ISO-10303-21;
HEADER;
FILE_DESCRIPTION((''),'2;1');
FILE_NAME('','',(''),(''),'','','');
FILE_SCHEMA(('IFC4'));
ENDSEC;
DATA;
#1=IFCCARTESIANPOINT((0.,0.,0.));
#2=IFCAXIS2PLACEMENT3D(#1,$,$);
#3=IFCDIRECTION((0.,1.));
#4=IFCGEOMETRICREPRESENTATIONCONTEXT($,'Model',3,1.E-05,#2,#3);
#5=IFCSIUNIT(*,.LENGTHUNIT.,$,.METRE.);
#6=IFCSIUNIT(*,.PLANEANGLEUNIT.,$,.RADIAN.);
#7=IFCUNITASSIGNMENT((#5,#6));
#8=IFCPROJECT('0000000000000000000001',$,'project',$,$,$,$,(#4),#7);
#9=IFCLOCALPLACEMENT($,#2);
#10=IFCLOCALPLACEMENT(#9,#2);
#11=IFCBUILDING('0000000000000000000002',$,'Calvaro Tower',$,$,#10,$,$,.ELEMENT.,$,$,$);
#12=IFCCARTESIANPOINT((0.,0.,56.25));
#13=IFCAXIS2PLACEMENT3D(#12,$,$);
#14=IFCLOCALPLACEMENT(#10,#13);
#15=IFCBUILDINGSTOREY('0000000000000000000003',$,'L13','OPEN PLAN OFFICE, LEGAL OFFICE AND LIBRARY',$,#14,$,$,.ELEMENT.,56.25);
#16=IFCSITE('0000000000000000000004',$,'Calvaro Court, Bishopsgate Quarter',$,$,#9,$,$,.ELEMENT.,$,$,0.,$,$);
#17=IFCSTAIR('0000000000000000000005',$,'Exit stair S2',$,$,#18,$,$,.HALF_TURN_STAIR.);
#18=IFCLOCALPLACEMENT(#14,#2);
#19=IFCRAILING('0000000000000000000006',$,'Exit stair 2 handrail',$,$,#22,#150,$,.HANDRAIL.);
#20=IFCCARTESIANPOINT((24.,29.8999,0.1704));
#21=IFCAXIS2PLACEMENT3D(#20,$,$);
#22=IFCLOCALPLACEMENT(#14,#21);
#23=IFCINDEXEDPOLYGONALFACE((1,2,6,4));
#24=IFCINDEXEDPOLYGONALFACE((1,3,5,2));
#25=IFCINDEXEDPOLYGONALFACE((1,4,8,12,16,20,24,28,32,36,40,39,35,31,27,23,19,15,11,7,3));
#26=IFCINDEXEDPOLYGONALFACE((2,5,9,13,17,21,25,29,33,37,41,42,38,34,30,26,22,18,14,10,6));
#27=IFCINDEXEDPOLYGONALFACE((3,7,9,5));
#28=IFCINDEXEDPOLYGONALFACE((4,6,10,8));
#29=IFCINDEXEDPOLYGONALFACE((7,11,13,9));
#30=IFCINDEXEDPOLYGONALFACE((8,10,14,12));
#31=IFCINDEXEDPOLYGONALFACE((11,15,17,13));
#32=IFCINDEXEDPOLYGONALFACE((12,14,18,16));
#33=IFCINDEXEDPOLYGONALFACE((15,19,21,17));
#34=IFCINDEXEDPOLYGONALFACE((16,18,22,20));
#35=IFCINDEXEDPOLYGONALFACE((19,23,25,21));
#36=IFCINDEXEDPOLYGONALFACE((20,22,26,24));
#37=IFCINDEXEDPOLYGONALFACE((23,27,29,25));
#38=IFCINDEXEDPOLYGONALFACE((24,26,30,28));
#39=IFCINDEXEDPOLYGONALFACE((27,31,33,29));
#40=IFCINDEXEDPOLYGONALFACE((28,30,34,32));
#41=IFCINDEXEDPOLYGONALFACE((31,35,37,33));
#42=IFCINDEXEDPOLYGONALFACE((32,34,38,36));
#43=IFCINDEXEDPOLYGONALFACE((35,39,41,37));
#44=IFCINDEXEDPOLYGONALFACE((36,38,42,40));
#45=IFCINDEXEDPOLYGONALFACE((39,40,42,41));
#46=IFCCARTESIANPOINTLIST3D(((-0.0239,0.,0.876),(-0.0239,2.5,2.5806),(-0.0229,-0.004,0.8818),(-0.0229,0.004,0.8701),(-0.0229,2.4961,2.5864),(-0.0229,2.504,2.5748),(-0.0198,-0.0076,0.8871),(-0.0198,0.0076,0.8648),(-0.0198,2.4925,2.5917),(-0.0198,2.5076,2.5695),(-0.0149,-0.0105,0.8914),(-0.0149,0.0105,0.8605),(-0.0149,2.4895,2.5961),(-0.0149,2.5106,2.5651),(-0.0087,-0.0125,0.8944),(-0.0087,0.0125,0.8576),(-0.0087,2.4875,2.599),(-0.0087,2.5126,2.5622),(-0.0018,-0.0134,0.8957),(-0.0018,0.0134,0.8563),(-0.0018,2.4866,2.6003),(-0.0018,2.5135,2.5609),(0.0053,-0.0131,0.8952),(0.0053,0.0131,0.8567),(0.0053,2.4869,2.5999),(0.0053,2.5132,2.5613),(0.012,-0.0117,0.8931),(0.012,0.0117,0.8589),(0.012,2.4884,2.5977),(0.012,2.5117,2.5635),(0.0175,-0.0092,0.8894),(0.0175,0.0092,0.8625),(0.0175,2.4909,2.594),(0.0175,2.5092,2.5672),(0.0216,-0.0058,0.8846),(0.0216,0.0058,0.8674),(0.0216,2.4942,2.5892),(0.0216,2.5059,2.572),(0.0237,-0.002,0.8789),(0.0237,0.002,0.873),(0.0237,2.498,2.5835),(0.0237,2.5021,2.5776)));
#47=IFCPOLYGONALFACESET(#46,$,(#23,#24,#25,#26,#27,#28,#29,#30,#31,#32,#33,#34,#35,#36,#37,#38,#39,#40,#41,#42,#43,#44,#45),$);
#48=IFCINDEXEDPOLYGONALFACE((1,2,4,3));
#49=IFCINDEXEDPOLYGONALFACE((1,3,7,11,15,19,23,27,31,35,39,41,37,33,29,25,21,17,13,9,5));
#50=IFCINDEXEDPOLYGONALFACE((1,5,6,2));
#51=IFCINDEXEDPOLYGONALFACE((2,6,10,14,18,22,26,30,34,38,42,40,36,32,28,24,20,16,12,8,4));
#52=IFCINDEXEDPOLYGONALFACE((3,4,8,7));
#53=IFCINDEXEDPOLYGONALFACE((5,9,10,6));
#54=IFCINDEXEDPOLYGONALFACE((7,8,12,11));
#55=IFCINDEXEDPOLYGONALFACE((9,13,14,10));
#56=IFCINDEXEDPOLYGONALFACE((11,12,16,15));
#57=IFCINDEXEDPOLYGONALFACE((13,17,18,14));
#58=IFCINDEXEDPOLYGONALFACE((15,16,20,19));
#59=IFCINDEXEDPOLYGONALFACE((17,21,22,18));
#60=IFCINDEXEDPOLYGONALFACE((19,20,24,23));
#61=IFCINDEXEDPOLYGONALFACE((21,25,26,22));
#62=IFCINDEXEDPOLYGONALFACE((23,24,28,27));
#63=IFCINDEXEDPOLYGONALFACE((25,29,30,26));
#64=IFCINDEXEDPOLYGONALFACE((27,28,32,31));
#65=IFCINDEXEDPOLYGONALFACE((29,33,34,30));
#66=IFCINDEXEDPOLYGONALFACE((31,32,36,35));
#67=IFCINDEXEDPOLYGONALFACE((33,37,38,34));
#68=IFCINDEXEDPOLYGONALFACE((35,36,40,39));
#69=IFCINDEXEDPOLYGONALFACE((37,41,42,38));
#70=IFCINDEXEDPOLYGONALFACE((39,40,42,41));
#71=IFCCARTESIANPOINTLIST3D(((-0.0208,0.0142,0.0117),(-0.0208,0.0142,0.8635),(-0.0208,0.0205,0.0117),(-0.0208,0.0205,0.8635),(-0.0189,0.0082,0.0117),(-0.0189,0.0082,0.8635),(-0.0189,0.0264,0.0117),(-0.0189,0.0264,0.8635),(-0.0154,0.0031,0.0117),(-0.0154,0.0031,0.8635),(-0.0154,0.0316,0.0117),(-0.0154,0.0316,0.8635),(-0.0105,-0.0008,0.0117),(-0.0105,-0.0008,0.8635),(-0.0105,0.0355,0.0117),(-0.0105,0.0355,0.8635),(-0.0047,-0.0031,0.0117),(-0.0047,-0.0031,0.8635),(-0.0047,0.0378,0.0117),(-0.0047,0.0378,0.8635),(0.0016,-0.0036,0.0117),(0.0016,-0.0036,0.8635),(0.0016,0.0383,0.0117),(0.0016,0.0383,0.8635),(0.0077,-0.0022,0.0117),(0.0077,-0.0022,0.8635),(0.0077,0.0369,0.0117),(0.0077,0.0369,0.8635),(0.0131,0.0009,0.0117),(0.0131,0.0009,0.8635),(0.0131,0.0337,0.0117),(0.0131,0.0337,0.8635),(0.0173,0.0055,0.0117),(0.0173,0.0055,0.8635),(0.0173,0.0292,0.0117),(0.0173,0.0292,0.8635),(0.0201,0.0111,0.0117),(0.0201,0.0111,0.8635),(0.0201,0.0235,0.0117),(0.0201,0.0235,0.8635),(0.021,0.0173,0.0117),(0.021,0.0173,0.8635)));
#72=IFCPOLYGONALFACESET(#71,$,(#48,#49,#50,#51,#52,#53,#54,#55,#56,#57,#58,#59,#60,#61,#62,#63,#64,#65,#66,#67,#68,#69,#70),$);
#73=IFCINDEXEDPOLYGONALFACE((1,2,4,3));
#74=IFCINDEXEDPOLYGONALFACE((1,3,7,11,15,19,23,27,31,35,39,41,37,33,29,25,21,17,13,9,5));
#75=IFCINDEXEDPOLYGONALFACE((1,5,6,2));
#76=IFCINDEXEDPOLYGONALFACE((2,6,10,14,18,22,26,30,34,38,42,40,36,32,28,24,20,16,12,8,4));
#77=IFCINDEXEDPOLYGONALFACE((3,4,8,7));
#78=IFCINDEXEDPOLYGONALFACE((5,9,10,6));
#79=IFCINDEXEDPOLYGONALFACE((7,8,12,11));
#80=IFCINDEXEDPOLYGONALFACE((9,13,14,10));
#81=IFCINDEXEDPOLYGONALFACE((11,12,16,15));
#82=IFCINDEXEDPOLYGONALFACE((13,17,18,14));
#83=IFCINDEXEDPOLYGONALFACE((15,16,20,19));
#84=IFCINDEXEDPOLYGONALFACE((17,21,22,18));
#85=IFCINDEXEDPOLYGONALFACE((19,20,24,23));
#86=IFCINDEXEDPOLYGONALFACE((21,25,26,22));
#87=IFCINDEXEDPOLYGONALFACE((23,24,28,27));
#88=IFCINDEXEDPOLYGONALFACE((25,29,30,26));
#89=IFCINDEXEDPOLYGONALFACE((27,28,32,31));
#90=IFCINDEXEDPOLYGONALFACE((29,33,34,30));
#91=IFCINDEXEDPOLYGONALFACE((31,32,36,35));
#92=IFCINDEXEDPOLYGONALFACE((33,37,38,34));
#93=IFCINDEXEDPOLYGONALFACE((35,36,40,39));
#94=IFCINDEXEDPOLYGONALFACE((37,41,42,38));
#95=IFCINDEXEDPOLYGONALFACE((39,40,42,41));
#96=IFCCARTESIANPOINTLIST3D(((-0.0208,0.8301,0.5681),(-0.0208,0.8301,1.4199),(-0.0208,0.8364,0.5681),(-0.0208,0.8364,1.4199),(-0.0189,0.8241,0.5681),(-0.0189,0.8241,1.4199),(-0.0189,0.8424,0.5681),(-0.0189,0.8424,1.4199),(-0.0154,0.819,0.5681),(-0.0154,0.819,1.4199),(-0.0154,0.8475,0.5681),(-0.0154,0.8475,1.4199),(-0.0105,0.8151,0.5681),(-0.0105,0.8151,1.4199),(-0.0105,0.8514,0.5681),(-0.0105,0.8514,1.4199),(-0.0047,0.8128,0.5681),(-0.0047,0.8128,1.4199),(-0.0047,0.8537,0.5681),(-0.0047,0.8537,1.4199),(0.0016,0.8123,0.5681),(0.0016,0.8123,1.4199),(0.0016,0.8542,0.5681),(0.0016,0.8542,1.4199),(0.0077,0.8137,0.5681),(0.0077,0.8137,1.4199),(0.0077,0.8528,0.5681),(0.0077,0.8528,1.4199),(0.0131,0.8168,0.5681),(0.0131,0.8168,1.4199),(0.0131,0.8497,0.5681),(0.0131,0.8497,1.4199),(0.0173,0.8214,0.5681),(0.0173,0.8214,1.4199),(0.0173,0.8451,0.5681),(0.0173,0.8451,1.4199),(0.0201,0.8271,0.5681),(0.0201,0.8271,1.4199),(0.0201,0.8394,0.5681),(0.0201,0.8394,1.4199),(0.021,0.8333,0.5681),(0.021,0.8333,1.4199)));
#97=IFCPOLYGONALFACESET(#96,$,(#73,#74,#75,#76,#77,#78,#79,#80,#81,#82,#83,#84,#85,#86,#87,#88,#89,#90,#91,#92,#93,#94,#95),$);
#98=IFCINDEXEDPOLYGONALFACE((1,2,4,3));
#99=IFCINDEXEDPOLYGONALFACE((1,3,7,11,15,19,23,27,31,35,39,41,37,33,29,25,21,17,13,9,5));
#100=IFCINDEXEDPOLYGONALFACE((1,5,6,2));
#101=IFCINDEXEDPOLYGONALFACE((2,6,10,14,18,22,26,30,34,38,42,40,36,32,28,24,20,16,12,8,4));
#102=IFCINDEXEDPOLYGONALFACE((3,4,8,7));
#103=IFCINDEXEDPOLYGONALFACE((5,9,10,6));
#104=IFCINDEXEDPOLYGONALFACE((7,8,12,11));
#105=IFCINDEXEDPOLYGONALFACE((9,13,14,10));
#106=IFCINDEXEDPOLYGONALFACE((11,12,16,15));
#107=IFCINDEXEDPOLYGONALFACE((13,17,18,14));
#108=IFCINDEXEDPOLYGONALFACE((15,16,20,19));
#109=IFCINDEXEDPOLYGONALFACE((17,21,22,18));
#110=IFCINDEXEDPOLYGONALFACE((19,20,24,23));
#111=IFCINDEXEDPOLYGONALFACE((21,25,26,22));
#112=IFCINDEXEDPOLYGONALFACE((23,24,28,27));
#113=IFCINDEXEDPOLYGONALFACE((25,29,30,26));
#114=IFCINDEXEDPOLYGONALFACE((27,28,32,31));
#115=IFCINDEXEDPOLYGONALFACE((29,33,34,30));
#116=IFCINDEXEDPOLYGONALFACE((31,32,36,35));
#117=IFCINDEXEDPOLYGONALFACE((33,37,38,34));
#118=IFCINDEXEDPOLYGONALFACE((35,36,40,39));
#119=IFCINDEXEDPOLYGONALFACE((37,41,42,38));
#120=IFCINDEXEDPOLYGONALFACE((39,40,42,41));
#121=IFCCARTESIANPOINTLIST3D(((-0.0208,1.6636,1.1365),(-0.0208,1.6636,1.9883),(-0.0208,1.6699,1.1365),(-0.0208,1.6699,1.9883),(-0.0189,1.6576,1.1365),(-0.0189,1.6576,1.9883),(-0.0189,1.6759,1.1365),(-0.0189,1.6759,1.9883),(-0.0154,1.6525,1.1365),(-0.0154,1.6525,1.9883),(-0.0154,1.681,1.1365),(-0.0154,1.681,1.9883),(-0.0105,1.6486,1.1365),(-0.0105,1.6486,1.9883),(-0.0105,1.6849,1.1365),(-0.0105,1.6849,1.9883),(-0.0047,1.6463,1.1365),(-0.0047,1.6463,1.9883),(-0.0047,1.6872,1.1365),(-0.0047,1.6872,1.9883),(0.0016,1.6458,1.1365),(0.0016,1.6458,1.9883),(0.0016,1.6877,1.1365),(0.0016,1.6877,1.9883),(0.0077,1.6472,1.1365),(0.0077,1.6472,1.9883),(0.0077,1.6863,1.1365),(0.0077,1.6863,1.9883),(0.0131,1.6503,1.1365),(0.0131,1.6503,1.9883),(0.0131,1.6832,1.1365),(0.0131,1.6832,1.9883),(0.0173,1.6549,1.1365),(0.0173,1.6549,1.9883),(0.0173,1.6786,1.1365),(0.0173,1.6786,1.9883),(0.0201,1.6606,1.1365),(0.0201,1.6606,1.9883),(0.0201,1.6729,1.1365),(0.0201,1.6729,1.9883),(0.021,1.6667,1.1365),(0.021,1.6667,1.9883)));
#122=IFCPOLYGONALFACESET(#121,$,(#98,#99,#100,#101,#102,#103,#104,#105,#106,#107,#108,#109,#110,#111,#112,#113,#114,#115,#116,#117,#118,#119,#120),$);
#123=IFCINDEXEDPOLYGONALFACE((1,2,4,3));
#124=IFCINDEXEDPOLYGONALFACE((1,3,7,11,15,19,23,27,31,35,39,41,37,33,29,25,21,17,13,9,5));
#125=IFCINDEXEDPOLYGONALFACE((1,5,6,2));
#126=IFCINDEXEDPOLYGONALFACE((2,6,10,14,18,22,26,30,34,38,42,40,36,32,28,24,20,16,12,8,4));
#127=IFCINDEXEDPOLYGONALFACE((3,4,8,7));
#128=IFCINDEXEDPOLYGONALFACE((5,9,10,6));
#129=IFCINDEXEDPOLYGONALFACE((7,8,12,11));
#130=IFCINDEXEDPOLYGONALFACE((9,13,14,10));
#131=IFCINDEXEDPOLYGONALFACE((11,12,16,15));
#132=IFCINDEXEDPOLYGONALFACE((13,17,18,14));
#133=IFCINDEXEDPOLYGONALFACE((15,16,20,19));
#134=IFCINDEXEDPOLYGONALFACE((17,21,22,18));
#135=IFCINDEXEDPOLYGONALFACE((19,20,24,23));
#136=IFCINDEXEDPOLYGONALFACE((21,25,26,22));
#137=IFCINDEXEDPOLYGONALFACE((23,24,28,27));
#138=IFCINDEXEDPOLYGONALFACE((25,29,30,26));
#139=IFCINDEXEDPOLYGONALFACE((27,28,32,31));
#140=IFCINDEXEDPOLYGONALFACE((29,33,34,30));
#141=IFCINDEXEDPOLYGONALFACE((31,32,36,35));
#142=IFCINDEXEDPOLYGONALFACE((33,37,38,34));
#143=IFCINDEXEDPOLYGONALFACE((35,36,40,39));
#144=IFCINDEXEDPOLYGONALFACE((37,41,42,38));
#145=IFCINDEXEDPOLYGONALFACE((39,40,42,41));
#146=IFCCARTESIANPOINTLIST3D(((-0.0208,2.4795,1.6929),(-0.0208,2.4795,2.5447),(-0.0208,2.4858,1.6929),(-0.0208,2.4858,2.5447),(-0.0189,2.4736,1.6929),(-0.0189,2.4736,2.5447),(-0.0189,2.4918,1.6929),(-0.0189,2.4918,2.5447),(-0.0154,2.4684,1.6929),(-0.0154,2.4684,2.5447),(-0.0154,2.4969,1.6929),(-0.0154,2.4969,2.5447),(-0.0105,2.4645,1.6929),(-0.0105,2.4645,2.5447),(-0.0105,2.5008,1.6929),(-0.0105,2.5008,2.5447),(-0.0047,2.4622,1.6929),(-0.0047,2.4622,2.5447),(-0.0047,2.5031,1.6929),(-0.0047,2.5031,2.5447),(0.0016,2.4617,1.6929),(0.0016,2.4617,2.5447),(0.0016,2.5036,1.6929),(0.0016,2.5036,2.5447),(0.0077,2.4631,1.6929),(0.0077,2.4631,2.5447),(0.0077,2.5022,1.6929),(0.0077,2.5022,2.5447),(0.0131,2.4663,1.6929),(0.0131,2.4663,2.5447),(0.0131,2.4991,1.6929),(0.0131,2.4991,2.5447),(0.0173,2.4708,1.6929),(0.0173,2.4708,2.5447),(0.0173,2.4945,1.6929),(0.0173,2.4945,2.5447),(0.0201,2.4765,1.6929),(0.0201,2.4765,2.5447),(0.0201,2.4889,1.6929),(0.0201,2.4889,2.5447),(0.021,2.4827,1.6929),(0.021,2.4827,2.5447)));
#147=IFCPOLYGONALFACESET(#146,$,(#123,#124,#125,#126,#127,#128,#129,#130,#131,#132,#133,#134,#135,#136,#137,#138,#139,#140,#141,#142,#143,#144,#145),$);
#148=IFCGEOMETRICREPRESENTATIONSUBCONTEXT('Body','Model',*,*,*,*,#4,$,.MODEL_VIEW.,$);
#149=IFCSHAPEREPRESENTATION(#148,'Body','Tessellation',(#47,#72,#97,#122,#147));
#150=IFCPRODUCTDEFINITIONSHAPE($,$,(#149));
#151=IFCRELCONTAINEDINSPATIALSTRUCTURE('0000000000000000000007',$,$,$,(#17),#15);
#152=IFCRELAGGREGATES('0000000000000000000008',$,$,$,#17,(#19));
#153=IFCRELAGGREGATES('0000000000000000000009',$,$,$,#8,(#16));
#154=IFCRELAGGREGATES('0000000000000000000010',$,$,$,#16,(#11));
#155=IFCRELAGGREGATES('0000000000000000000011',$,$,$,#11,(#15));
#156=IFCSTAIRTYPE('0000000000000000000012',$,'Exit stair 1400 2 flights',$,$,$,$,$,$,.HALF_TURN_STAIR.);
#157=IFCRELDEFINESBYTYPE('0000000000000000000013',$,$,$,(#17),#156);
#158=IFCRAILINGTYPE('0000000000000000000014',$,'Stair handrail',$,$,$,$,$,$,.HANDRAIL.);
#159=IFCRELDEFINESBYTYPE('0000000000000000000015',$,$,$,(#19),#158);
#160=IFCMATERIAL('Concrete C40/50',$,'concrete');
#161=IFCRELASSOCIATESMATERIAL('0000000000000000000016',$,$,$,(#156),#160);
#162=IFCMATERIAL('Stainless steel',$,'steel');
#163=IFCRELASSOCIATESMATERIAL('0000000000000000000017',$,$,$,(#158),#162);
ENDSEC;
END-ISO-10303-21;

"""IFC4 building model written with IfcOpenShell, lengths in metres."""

from ifc_helpers import new_model, si_unit, direction, frame, origin, origin_2d, place, context, subcontext, project, spatial, circle, extrude, material, type_object, element, aggregate, save


model = new_model("IFC4")

# Units and contexts
model_context = context("Model", 3, precision=1e-05, world=origin(), true_north=direction((0.0, 1.0)))
body_context = subcontext(model_context, "Body", "Model", "MODEL_VIEW")
ifc_project = project(units=[si_unit("LENGTHUNIT", "METRE"), si_unit("PLANEANGLEUNIT", "RADIAN")], contexts=[model_context])

# Site, building, storey
site_placement = place(None, origin())
site = spatial("IfcSite", under=ifc_project, at=site_placement, Name="Calvaro Court, Bishopsgate Quarter", CompositionType="ELEMENT", RefElevation=0.0)
building_placement = place(site_placement, origin())
building = spatial("IfcBuilding", under=site, at=building_placement, Name="Calvaro Tower", CompositionType="ELEMENT")
storey_placement = place(building_placement, frame((0.0, 0.0, 56.25)))
storey = spatial("IfcBuildingStorey", under=building, at=storey_placement, Name="L13", Description="OPEN PLAN OFFICE, LEGAL OFFICE AND LIBRARY", CompositionType="ELEMENT", Elevation=56.25)

# Stair, railing
ifc_material_1 = material(Name="Concrete C40/50", Category="concrete")
stair_type = type_object("IfcStairType", Name="Exit stair 1400 2 flights", PredefinedType="HALF_TURN_STAIR", material=ifc_material_1)
stair_placement = place(storey_placement, origin())
stair = element("IfcStair", 1, at=stair_placement, inside=storey, type_object=stair_type, Name="Exit stair S2", PredefinedType="HALF_TURN_STAIR")
ifc_material_2 = material(Name="Stainless steel", Category="steel")
railing_type = type_object("IfcRailingType", Name="Stair handrail", PredefinedType="HANDRAIL", material=ifc_material_2)
railing_1_placement = place(storey_placement, frame((24.0, 29.8999, 0.1704)))
railing_1 = element("IfcRailing", 2, at=railing_1_placement, type_object=railing_type, Name="Exit stair 2 handrail", PredefinedType="HANDRAIL", context=body_context, shape_type="SweptSolid", body=[
    extrude(circle(Radius=0.0239, at=origin_2d()), frame((0.0, 0.0, 0.876), z_axis=(0.0, 0.826221, 0.563347), x_axis=(-1.0, 0.0, 0.0)), (0.0, 0.0, 1.0), 3.0259),
    extrude(circle(Radius=0.021, at=origin_2d()), frame((0.0, 0.0173, 0.0117)), (0.0, 0.0, 1.0), 0.8518),
    extrude(circle(Radius=0.021, at=origin_2d()), frame((0.0, 0.8333, 0.5681)), (0.0, 0.0, 1.0), 0.8518),
    extrude(circle(Radius=0.021, at=origin_2d()), frame((0.0, 1.6667, 1.1365)), (0.0, 0.0, 1.0), 0.8518),
    extrude(circle(Radius=0.021, at=origin_2d()), frame((0.0, 2.4827, 1.6929)), (0.0, 0.0, 1.0), 0.8518),
])
aggregate(stair, [railing_1])

save(model, "model.ifc")
